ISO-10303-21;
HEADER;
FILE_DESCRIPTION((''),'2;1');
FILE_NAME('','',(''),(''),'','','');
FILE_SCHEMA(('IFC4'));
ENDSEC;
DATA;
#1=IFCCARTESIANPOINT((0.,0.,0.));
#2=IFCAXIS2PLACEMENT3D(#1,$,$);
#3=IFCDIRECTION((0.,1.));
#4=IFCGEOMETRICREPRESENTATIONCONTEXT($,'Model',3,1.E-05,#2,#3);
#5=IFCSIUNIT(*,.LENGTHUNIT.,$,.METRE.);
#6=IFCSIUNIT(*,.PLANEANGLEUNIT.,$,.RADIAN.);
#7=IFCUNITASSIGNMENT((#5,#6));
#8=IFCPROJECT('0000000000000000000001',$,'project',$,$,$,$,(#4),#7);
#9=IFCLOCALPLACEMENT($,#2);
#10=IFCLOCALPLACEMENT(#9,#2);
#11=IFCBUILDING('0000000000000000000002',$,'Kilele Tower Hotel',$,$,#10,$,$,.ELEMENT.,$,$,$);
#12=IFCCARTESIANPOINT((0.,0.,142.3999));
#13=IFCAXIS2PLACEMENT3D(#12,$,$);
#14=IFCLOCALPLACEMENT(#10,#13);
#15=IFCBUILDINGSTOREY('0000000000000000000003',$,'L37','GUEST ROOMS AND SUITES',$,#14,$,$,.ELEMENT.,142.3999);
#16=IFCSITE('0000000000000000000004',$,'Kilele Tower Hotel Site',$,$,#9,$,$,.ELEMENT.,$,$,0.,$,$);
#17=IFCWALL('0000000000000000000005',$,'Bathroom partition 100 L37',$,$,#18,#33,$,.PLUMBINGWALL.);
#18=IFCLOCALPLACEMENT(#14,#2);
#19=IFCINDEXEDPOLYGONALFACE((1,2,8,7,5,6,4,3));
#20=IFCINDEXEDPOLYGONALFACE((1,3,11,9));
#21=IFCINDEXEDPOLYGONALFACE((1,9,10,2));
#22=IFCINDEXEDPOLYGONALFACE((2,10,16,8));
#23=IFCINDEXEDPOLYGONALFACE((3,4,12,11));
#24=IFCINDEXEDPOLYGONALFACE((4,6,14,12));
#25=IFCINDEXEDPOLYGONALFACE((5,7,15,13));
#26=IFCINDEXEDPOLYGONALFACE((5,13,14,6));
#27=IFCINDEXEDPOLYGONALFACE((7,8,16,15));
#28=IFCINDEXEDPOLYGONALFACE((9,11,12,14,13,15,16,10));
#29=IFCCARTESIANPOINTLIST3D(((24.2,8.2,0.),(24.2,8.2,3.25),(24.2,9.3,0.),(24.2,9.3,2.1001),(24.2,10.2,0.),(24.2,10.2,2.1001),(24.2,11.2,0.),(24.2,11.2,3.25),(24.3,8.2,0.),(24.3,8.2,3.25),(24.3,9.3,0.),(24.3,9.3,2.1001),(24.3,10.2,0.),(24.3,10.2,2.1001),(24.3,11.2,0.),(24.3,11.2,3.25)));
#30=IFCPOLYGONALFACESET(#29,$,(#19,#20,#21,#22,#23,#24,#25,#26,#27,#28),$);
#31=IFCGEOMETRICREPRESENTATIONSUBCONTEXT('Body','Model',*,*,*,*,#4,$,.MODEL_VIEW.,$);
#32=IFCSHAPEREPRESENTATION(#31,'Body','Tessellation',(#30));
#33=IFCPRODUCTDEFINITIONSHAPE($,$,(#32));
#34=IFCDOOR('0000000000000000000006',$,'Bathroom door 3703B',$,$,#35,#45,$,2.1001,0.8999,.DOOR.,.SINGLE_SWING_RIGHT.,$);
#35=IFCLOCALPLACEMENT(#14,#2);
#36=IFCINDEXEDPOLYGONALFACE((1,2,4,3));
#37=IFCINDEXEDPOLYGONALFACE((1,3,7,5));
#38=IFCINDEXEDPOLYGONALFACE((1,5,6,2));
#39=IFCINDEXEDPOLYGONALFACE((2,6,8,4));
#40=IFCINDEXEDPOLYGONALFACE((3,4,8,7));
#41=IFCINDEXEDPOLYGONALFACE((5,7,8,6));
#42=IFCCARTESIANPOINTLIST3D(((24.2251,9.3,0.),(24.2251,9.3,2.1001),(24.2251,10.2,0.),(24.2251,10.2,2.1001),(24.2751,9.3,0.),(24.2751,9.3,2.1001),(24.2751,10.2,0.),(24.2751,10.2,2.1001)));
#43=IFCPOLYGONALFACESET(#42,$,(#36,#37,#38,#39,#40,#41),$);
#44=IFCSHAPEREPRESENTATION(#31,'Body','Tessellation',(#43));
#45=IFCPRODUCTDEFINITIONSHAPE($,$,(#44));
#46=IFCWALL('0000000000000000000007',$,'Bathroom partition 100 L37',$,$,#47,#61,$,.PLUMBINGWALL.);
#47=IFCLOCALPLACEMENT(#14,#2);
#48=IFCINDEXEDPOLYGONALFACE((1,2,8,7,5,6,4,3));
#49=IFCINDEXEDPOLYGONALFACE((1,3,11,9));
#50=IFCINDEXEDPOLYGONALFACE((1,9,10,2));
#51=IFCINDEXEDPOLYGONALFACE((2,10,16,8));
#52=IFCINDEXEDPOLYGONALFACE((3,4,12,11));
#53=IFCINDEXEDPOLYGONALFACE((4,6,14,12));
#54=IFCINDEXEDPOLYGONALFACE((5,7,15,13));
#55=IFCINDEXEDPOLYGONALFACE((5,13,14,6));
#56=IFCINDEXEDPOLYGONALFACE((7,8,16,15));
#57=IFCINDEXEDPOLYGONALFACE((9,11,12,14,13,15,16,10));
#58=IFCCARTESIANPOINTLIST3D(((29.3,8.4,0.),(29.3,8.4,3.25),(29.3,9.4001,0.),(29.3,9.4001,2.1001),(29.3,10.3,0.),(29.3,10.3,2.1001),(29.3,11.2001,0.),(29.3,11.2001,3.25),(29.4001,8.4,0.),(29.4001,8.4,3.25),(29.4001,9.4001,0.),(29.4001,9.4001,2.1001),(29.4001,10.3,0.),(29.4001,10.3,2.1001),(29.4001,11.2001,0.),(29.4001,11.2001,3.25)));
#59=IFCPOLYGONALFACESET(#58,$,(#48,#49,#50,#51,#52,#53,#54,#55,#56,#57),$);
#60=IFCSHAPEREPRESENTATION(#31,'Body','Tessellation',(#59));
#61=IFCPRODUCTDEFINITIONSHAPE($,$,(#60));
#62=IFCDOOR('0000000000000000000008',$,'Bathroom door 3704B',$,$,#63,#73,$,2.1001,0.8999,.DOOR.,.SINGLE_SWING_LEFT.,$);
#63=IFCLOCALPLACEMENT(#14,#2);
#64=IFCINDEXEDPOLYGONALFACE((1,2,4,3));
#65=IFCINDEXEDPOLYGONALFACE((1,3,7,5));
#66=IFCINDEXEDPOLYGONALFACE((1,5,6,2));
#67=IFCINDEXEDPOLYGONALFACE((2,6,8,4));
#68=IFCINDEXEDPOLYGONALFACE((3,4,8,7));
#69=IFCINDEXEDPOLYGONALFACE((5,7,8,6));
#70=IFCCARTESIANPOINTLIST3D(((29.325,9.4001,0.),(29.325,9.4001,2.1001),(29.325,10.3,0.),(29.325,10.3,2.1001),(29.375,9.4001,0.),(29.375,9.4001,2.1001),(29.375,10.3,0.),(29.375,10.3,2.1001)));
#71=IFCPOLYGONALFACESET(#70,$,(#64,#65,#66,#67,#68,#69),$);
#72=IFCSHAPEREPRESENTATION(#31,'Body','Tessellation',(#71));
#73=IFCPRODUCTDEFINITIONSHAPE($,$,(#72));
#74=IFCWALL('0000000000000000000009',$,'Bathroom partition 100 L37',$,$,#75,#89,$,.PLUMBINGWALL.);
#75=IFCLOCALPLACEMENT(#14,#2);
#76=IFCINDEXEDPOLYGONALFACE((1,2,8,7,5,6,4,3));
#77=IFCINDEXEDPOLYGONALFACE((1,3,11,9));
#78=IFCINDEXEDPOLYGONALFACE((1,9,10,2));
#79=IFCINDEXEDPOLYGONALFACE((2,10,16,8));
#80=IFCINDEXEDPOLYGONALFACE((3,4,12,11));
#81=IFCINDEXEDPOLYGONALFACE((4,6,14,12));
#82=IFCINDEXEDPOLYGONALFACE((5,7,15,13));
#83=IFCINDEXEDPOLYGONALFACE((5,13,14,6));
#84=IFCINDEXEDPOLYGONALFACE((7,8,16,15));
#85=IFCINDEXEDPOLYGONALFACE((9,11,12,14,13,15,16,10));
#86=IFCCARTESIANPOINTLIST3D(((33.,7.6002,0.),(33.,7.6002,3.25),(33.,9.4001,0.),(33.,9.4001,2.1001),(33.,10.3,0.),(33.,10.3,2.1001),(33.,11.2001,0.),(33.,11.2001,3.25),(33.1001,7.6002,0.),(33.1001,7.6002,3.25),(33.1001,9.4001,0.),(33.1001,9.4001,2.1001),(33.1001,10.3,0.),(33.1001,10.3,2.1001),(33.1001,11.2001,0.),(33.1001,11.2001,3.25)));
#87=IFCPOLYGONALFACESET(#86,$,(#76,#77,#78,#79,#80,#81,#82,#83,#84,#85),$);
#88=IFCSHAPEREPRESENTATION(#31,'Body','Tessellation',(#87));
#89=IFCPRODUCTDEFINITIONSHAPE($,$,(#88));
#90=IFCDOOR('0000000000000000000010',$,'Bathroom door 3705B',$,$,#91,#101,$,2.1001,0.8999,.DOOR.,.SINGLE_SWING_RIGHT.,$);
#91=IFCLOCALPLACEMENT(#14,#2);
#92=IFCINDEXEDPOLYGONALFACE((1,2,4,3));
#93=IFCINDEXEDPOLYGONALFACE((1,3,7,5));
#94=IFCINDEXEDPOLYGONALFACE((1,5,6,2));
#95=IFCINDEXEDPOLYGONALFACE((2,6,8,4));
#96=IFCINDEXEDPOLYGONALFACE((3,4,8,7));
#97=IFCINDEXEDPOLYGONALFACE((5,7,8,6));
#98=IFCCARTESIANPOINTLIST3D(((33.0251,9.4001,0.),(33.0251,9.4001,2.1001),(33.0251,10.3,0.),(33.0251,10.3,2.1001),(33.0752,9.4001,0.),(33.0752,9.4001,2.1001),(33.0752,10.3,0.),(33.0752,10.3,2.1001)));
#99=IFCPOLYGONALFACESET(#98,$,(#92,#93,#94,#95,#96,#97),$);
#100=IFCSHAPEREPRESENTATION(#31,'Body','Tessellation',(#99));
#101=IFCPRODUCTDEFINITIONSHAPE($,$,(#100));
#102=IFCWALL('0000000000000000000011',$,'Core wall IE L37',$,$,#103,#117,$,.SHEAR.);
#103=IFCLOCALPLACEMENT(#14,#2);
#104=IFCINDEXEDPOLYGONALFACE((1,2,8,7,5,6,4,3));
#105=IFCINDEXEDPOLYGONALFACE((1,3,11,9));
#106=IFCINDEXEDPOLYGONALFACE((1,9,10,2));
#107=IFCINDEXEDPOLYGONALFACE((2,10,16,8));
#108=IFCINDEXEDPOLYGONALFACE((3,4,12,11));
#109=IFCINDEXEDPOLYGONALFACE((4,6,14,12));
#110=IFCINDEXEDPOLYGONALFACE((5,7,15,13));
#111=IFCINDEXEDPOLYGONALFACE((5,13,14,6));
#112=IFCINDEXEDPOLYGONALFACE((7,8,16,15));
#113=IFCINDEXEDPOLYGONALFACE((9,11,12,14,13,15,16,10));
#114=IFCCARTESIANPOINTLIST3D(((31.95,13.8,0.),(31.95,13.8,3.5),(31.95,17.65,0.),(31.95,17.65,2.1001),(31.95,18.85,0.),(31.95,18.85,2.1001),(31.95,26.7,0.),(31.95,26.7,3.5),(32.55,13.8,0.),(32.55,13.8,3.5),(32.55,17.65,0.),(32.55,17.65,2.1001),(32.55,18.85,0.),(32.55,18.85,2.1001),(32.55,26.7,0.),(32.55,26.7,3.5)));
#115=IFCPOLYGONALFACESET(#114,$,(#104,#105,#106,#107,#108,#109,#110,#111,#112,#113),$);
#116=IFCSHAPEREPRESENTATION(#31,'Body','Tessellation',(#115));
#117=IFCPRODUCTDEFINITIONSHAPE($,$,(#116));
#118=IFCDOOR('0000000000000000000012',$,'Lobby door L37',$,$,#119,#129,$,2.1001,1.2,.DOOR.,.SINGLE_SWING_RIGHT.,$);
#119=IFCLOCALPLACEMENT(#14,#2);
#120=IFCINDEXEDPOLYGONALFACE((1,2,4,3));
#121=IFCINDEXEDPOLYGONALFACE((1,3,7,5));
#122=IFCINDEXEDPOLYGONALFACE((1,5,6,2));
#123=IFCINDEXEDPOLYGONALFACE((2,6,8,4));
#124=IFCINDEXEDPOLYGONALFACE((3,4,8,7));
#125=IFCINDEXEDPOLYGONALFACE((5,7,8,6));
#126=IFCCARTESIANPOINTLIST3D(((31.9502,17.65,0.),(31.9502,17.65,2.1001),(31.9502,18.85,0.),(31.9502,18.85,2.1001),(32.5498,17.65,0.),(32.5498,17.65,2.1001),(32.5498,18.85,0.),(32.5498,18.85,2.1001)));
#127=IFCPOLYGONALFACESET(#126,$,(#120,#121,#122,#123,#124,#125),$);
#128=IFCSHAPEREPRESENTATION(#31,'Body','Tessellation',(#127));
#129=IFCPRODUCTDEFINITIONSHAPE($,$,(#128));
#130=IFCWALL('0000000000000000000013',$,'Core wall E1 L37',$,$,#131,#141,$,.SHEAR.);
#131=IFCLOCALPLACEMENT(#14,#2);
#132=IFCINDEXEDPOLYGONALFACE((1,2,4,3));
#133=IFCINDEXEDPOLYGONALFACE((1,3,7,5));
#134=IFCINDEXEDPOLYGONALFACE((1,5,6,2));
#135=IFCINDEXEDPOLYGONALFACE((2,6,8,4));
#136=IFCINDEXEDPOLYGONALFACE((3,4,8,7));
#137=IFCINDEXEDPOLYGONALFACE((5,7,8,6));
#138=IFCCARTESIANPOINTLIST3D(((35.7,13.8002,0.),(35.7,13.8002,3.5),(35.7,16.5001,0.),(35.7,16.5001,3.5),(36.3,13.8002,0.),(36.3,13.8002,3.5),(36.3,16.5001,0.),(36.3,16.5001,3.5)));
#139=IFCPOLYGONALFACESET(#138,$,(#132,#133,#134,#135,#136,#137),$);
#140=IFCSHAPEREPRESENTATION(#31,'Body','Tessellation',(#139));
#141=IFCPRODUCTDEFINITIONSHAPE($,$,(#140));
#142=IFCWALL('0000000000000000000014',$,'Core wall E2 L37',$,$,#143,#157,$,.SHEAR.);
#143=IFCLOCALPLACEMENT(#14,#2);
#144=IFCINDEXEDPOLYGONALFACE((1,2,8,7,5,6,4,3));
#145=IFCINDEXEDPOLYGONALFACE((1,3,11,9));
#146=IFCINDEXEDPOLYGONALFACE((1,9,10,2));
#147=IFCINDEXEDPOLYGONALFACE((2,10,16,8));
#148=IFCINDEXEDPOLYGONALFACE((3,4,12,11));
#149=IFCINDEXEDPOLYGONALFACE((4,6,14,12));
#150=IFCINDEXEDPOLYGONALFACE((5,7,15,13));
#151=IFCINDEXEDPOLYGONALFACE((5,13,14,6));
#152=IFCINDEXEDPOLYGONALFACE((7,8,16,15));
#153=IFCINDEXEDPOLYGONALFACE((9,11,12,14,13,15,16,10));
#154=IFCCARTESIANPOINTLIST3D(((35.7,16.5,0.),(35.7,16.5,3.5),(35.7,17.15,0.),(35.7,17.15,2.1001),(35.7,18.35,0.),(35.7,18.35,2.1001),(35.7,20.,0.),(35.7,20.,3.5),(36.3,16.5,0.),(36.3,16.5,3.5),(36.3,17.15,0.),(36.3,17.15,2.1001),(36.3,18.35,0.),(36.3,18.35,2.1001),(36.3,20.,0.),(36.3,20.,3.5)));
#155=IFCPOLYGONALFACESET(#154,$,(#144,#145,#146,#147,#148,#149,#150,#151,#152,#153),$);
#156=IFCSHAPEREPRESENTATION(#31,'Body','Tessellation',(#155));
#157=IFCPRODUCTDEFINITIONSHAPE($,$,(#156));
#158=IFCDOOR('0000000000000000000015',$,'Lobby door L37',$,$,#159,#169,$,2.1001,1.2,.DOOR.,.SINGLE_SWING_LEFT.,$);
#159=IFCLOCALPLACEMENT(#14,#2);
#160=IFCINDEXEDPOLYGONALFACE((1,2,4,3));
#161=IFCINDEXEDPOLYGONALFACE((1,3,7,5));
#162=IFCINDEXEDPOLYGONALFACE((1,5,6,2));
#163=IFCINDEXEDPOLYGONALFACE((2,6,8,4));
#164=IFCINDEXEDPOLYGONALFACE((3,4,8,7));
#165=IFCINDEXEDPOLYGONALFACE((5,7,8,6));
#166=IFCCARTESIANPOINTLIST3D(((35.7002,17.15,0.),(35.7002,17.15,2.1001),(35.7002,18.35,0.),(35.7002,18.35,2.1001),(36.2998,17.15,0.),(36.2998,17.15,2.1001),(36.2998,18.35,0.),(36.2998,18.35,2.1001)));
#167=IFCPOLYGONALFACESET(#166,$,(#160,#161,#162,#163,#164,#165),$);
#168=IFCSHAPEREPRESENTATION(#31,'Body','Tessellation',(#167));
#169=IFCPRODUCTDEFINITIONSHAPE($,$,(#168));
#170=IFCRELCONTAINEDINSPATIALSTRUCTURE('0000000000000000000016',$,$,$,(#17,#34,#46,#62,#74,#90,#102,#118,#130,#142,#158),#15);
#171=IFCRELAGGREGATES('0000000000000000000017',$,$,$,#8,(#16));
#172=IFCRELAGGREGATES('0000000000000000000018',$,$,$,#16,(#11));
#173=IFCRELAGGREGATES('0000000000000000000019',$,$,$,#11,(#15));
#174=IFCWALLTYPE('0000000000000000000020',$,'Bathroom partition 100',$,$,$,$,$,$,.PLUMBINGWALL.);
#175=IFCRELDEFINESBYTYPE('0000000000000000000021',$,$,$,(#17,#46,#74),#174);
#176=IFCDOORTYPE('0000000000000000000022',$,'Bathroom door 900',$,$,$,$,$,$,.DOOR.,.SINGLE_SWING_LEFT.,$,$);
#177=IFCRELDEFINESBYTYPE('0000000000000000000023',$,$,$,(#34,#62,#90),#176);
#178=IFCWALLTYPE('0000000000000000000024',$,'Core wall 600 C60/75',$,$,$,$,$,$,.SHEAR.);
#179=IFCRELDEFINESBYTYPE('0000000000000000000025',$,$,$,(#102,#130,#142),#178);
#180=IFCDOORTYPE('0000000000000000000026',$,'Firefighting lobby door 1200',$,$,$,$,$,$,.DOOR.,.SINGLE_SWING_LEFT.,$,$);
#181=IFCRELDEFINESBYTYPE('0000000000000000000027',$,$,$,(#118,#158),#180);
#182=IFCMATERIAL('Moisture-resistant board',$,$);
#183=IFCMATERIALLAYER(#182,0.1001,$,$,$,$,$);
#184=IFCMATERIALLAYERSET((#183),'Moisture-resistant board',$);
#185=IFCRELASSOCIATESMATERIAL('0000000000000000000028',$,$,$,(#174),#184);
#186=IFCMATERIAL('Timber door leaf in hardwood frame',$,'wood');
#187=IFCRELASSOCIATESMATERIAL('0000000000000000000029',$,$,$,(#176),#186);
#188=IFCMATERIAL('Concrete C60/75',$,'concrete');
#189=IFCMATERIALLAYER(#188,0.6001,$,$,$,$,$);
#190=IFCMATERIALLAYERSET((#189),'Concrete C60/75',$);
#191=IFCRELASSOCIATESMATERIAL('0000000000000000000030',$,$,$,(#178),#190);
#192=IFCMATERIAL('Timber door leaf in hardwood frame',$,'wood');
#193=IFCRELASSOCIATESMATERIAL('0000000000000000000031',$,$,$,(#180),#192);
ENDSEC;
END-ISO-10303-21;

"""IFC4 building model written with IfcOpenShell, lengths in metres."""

from ifc_helpers import new_model, si_unit, direction, frame, frame_2d, origin, place, context, subcontext, project, spatial, rectangle, extrude, material, layer, layer_set, type_object, element, fill, save


model = new_model("IFC4")

# Units and contexts
model_context = context("Model", 3, precision=1e-05, world=origin(), true_north=direction((0.0, 1.0)))
body_context = subcontext(model_context, "Body", "Model", "MODEL_VIEW")
ifc_project = project(units=[si_unit("LENGTHUNIT", "METRE"), si_unit("PLANEANGLEUNIT", "RADIAN")], contexts=[model_context])

# Site, building, storey
site_placement = place(None, origin())
site = spatial("IfcSite", under=ifc_project, at=site_placement, Name="Kilele Tower Hotel Site", CompositionType="ELEMENT", RefElevation=0.0)
building_placement = place(site_placement, origin())
building = spatial("IfcBuilding", under=site, at=building_placement, Name="Kilele Tower Hotel", CompositionType="ELEMENT")
storey_placement = place(building_placement, frame((0.0, 0.0, 142.3999)))
storey = spatial("IfcBuildingStorey", under=building, at=storey_placement, Name="L37", Description="GUEST ROOMS AND SUITES", CompositionType="ELEMENT", Elevation=142.3999)

# Walls, openings, doors
ifc_material_1 = material(Name="Moisture-resistant board")
ifc_layer_1 = layer(ifc_material_1, 0.1001)
ifc_layer_set_1 = layer_set([ifc_layer_1], Name="Moisture-resistant board")
wall_type_1 = type_object("IfcWallType", Name="Bathroom partition 100", PredefinedType="PLUMBINGWALL", material=ifc_layer_set_1)
wall_1_placement = place(storey_placement, frame((24.25, 11.2, 0.0), z_axis=(0.0, 0.0, 1.0), x_axis=(0.0, -1.0, 0.0)))
wall_1 = element("IfcWall", 1, at=wall_1_placement, inside=storey, type_object=wall_type_1, Name="Bathroom partition 100 L37", PredefinedType="PLUMBINGWALL", context=body_context, shape_type="SweptSolid", body=[
    extrude(rectangle(XDim=3.0, YDim=0.1001, at=frame_2d((1.5, 0.0))), origin(), (0.0, 0.0, 1.0), 3.25),
])
opening_1_placement = place(wall_1_placement, frame((1.8999, 0.0, 0.0), z_axis=(0.0, 0.0, 1.0), x_axis=(-1.0, 0.0, 0.0)))
opening_1 = element("IfcOpeningElement", 2, at=opening_1_placement, cuts=wall_1, PredefinedType="OPENING", context=body_context, shape_type="SweptSolid", body=[
    extrude(rectangle(XDim=0.8999, YDim=2.1001, at=frame_2d((0.45, 1.05))), frame((0.0, 0.0601, 0.0), z_axis=(0.0, -1.0, 0.0), x_axis=(1.0, 0.0, 0.0)), (0.0, 0.0, 1.0), 0.1201),
])
ifc_material_2 = material(Name="Timber door leaf in hardwood frame", Category="wood")
door_type_1 = type_object("IfcDoorType", Name="Bathroom door 900", OperationType="SINGLE_SWING_LEFT", PredefinedType="DOOR", material=ifc_material_2)
door_1_placement = place(opening_1_placement, origin())
door_1 = element("IfcDoor", 3, at=door_1_placement, inside=storey, type_object=door_type_1, Name="Bathroom door 3703B", OperationType="SINGLE_SWING_RIGHT", OverallHeight=2.1001, OverallWidth=0.8999, PredefinedType="DOOR", context=body_context, shape_type="SweptSolid", body=[
    extrude(rectangle(XDim=0.8999, YDim=2.1001, at=frame_2d((0.45, 1.05))), frame((0.0, 0.0249, 0.0), z_axis=(0.0, -1.0, 0.0), x_axis=(1.0, 0.0, 0.0)), (0.0, 0.0, 1.0), 0.05),
])
fill(opening_1, door_1)
wall_2_placement = place(storey_placement, frame((29.3501, 11.2, 0.0), z_axis=(0.0, 0.0, 1.0), x_axis=(0.0, -1.0, 0.0)))
wall_2 = element("IfcWall", 4, at=wall_2_placement, inside=storey, type_object=wall_type_1, Name="Bathroom partition 100 L37", PredefinedType="PLUMBINGWALL", context=body_context, shape_type="SweptSolid", body=[
    extrude(rectangle(XDim=2.8, YDim=0.1001, at=frame_2d((1.3999, 0.0))), origin(), (0.0, 0.0, 1.0), 3.25),
])
opening_2_placement = place(wall_2_placement, frame((0.8999, 0.0, 0.0)))
opening_2 = element("IfcOpeningElement", 5, at=opening_2_placement, cuts=wall_2, PredefinedType="OPENING", context=body_context, shape_type="SweptSolid", body=[
    extrude(rectangle(XDim=0.8999, YDim=2.1001, at=frame_2d((0.45, 1.05))), frame((0.0, 0.0601, 0.0), z_axis=(0.0, -1.0, 0.0), x_axis=(1.0, 0.0, 0.0)), (0.0, 0.0, 1.0), 0.1201),
])
door_2_placement = place(opening_2_placement, origin())
door_2 = element("IfcDoor", 6, at=door_2_placement, inside=storey, type_object=door_type_1, Name="Bathroom door 3704B", OperationType="SINGLE_SWING_LEFT", OverallHeight=2.1001, OverallWidth=0.8999, PredefinedType="DOOR", context=body_context, shape_type="SweptSolid", body=[
    extrude(rectangle(XDim=0.8999, YDim=2.1001, at=frame_2d((0.45, 1.05))), frame((0.0, 0.0249, 0.0), z_axis=(0.0, -1.0, 0.0), x_axis=(1.0, 0.0, 0.0)), (0.0, 0.0, 1.0), 0.05),
])
fill(opening_2, door_2)
wall_3_placement = place(storey_placement, frame((33.05, 11.2, 0.0), z_axis=(0.0, 0.0, 1.0), x_axis=(0.0, -1.0, 0.0)))
wall_3 = element("IfcWall", 7, at=wall_3_placement, inside=storey, type_object=wall_type_1, Name="Bathroom partition 100 L37", PredefinedType="PLUMBINGWALL", context=body_context, shape_type="SweptSolid", body=[
    extrude(rectangle(XDim=3.5999, YDim=0.1001, at=frame_2d((1.7998, 0.0))), origin(), (0.0, 0.0, 1.0), 3.25),
])
opening_3_placement = place(wall_3_placement, frame((1.7998, 0.0, 0.0), z_axis=(0.0, 0.0, 1.0), x_axis=(-1.0, 0.0, 0.0)))
opening_3 = element("IfcOpeningElement", 8, at=opening_3_placement, cuts=wall_3, PredefinedType="OPENING", context=body_context, shape_type="SweptSolid", body=[
    extrude(rectangle(XDim=0.8999, YDim=2.1001, at=frame_2d((0.45, 1.05))), frame((0.0, 0.0601, 0.0), z_axis=(0.0, -1.0, 0.0), x_axis=(1.0, 0.0, 0.0)), (0.0, 0.0, 1.0), 0.1201),
])
door_3_placement = place(opening_3_placement, origin())
door_3 = element("IfcDoor", 9, at=door_3_placement, inside=storey, type_object=door_type_1, Name="Bathroom door 3705B", OperationType="SINGLE_SWING_RIGHT", OverallHeight=2.1001, OverallWidth=0.8999, PredefinedType="DOOR", context=body_context, shape_type="SweptSolid", body=[
    extrude(rectangle(XDim=0.8999, YDim=2.1001, at=frame_2d((0.45, 1.05))), frame((0.0, 0.0249, 0.0), z_axis=(0.0, -1.0, 0.0), x_axis=(1.0, 0.0, 0.0)), (0.0, 0.0, 1.0), 0.05),
])
fill(opening_3, door_3)
ifc_material_3 = material(Name="Concrete C60/75", Category="concrete")
ifc_layer_2 = layer(ifc_material_3, 0.6001)
ifc_layer_set_2 = layer_set([ifc_layer_2], Name="Concrete C60/75")
wall_type_2 = type_object("IfcWallType", Name="Core wall 600 C60/75", PredefinedType="SHEAR", material=ifc_layer_set_2)
wall_4_placement = place(storey_placement, frame((32.25, 13.8, 0.0), z_axis=(0.0, 0.0, 1.0), x_axis=(0.0, 1.0, 0.0)))
wall_4 = element("IfcWall", 10, at=wall_4_placement, inside=storey, type_object=wall_type_2, Name="Core wall IE L37", PredefinedType="SHEAR", context=body_context, shape_type="SweptSolid", body=[
    extrude(rectangle(XDim=12.8999, YDim=0.6001, at=frame_2d((6.45, 0.0))), origin(), (0.0, 0.0, 1.0), 3.5),
])
opening_4_placement = place(wall_4_placement, frame((5.05, 0.0, 0.0), z_axis=(0.0, 0.0, 1.0), x_axis=(-1.0, 0.0, 0.0)))
opening_4 = element("IfcOpeningElement", 11, at=opening_4_placement, cuts=wall_4, PredefinedType="OPENING", context=body_context, shape_type="SweptSolid", body=[
    extrude(rectangle(XDim=1.2, YDim=2.1001, at=frame_2d((0.6001, 1.05))), frame((0.0, 0.3101, 0.0), z_axis=(0.0, -1.0, 0.0), x_axis=(1.0, 0.0, 0.0)), (0.0, 0.0, 1.0), 0.6201),
])
ifc_material_4 = material(Name="Timber door leaf in hardwood frame", Category="wood")
door_type_2 = type_object("IfcDoorType", Name="Firefighting lobby door 1200", OperationType="SINGLE_SWING_LEFT", PredefinedType="DOOR", material=ifc_material_4)
door_4_placement = place(opening_4_placement, origin())
door_4 = element("IfcDoor", 12, at=door_4_placement, inside=storey, type_object=door_type_2, Name="Lobby door L37", OperationType="SINGLE_SWING_RIGHT", OverallHeight=2.1001, OverallWidth=1.2, PredefinedType="DOOR", context=body_context, shape_type="SweptSolid", body=[
    extrude(rectangle(XDim=1.2, YDim=2.1001, at=frame_2d((0.6001, 1.05))), frame((0.0, 0.2998, 0.0), z_axis=(0.0, -1.0, 0.0), x_axis=(1.0, 0.0, 0.0)), (0.0, 0.0, 1.0), 0.5996),
])
fill(opening_4, door_4)

# Wall
wall_5_placement = place(storey_placement, frame((36.0, 13.8, 0.0), z_axis=(0.0, 0.0, 1.0), x_axis=(0.0, 1.0, 0.0)))
element("IfcWall", 13, at=wall_5_placement, inside=storey, type_object=wall_type_2, Name="Core wall E1 L37", PredefinedType="SHEAR", context=body_context, shape_type="SweptSolid", body=[
    extrude(rectangle(XDim=2.7, YDim=0.6001, at=frame_2d((1.3501, 0.0))), origin(), (0.0, 0.0, 1.0), 3.5),
])

# Wall, opening, door
wall_6_placement = place(storey_placement, frame((36.0, 16.5, 0.0), z_axis=(0.0, 0.0, 1.0), x_axis=(0.0, 1.0, 0.0)))
wall_6 = element("IfcWall", 14, at=wall_6_placement, inside=storey, type_object=wall_type_2, Name="Core wall E2 L37", PredefinedType="SHEAR", context=body_context, shape_type="SweptSolid", body=[
    extrude(rectangle(XDim=3.5, YDim=0.6001, at=frame_2d((1.75, 0.0))), origin(), (0.0, 0.0, 1.0), 3.5),
])
opening_5_placement = place(wall_6_placement, frame((0.6499, 0.0, 0.0)))
opening_5 = element("IfcOpeningElement", 15, at=opening_5_placement, cuts=wall_6, PredefinedType="OPENING", context=body_context, shape_type="SweptSolid", body=[
    extrude(rectangle(XDim=1.2, YDim=2.1001, at=frame_2d((0.6001, 1.05))), frame((0.0, 0.3101, 0.0), z_axis=(0.0, -1.0, 0.0), x_axis=(1.0, 0.0, 0.0)), (0.0, 0.0, 1.0), 0.6201),
])
door_5_placement = place(opening_5_placement, origin())
door_5 = element("IfcDoor", 16, at=door_5_placement, inside=storey, type_object=door_type_2, Name="Lobby door L37", OperationType="SINGLE_SWING_LEFT", OverallHeight=2.1001, OverallWidth=1.2, PredefinedType="DOOR", context=body_context, shape_type="SweptSolid", body=[
    extrude(rectangle(XDim=1.2, YDim=2.1001, at=frame_2d((0.6001, 1.05))), frame((0.0, 0.2998, 0.0), z_axis=(0.0, -1.0, 0.0), x_axis=(1.0, 0.0, 0.0)), (0.0, 0.0, 1.0), 0.5996),
])
fill(opening_5, door_5)

save(model, "model.ifc")
